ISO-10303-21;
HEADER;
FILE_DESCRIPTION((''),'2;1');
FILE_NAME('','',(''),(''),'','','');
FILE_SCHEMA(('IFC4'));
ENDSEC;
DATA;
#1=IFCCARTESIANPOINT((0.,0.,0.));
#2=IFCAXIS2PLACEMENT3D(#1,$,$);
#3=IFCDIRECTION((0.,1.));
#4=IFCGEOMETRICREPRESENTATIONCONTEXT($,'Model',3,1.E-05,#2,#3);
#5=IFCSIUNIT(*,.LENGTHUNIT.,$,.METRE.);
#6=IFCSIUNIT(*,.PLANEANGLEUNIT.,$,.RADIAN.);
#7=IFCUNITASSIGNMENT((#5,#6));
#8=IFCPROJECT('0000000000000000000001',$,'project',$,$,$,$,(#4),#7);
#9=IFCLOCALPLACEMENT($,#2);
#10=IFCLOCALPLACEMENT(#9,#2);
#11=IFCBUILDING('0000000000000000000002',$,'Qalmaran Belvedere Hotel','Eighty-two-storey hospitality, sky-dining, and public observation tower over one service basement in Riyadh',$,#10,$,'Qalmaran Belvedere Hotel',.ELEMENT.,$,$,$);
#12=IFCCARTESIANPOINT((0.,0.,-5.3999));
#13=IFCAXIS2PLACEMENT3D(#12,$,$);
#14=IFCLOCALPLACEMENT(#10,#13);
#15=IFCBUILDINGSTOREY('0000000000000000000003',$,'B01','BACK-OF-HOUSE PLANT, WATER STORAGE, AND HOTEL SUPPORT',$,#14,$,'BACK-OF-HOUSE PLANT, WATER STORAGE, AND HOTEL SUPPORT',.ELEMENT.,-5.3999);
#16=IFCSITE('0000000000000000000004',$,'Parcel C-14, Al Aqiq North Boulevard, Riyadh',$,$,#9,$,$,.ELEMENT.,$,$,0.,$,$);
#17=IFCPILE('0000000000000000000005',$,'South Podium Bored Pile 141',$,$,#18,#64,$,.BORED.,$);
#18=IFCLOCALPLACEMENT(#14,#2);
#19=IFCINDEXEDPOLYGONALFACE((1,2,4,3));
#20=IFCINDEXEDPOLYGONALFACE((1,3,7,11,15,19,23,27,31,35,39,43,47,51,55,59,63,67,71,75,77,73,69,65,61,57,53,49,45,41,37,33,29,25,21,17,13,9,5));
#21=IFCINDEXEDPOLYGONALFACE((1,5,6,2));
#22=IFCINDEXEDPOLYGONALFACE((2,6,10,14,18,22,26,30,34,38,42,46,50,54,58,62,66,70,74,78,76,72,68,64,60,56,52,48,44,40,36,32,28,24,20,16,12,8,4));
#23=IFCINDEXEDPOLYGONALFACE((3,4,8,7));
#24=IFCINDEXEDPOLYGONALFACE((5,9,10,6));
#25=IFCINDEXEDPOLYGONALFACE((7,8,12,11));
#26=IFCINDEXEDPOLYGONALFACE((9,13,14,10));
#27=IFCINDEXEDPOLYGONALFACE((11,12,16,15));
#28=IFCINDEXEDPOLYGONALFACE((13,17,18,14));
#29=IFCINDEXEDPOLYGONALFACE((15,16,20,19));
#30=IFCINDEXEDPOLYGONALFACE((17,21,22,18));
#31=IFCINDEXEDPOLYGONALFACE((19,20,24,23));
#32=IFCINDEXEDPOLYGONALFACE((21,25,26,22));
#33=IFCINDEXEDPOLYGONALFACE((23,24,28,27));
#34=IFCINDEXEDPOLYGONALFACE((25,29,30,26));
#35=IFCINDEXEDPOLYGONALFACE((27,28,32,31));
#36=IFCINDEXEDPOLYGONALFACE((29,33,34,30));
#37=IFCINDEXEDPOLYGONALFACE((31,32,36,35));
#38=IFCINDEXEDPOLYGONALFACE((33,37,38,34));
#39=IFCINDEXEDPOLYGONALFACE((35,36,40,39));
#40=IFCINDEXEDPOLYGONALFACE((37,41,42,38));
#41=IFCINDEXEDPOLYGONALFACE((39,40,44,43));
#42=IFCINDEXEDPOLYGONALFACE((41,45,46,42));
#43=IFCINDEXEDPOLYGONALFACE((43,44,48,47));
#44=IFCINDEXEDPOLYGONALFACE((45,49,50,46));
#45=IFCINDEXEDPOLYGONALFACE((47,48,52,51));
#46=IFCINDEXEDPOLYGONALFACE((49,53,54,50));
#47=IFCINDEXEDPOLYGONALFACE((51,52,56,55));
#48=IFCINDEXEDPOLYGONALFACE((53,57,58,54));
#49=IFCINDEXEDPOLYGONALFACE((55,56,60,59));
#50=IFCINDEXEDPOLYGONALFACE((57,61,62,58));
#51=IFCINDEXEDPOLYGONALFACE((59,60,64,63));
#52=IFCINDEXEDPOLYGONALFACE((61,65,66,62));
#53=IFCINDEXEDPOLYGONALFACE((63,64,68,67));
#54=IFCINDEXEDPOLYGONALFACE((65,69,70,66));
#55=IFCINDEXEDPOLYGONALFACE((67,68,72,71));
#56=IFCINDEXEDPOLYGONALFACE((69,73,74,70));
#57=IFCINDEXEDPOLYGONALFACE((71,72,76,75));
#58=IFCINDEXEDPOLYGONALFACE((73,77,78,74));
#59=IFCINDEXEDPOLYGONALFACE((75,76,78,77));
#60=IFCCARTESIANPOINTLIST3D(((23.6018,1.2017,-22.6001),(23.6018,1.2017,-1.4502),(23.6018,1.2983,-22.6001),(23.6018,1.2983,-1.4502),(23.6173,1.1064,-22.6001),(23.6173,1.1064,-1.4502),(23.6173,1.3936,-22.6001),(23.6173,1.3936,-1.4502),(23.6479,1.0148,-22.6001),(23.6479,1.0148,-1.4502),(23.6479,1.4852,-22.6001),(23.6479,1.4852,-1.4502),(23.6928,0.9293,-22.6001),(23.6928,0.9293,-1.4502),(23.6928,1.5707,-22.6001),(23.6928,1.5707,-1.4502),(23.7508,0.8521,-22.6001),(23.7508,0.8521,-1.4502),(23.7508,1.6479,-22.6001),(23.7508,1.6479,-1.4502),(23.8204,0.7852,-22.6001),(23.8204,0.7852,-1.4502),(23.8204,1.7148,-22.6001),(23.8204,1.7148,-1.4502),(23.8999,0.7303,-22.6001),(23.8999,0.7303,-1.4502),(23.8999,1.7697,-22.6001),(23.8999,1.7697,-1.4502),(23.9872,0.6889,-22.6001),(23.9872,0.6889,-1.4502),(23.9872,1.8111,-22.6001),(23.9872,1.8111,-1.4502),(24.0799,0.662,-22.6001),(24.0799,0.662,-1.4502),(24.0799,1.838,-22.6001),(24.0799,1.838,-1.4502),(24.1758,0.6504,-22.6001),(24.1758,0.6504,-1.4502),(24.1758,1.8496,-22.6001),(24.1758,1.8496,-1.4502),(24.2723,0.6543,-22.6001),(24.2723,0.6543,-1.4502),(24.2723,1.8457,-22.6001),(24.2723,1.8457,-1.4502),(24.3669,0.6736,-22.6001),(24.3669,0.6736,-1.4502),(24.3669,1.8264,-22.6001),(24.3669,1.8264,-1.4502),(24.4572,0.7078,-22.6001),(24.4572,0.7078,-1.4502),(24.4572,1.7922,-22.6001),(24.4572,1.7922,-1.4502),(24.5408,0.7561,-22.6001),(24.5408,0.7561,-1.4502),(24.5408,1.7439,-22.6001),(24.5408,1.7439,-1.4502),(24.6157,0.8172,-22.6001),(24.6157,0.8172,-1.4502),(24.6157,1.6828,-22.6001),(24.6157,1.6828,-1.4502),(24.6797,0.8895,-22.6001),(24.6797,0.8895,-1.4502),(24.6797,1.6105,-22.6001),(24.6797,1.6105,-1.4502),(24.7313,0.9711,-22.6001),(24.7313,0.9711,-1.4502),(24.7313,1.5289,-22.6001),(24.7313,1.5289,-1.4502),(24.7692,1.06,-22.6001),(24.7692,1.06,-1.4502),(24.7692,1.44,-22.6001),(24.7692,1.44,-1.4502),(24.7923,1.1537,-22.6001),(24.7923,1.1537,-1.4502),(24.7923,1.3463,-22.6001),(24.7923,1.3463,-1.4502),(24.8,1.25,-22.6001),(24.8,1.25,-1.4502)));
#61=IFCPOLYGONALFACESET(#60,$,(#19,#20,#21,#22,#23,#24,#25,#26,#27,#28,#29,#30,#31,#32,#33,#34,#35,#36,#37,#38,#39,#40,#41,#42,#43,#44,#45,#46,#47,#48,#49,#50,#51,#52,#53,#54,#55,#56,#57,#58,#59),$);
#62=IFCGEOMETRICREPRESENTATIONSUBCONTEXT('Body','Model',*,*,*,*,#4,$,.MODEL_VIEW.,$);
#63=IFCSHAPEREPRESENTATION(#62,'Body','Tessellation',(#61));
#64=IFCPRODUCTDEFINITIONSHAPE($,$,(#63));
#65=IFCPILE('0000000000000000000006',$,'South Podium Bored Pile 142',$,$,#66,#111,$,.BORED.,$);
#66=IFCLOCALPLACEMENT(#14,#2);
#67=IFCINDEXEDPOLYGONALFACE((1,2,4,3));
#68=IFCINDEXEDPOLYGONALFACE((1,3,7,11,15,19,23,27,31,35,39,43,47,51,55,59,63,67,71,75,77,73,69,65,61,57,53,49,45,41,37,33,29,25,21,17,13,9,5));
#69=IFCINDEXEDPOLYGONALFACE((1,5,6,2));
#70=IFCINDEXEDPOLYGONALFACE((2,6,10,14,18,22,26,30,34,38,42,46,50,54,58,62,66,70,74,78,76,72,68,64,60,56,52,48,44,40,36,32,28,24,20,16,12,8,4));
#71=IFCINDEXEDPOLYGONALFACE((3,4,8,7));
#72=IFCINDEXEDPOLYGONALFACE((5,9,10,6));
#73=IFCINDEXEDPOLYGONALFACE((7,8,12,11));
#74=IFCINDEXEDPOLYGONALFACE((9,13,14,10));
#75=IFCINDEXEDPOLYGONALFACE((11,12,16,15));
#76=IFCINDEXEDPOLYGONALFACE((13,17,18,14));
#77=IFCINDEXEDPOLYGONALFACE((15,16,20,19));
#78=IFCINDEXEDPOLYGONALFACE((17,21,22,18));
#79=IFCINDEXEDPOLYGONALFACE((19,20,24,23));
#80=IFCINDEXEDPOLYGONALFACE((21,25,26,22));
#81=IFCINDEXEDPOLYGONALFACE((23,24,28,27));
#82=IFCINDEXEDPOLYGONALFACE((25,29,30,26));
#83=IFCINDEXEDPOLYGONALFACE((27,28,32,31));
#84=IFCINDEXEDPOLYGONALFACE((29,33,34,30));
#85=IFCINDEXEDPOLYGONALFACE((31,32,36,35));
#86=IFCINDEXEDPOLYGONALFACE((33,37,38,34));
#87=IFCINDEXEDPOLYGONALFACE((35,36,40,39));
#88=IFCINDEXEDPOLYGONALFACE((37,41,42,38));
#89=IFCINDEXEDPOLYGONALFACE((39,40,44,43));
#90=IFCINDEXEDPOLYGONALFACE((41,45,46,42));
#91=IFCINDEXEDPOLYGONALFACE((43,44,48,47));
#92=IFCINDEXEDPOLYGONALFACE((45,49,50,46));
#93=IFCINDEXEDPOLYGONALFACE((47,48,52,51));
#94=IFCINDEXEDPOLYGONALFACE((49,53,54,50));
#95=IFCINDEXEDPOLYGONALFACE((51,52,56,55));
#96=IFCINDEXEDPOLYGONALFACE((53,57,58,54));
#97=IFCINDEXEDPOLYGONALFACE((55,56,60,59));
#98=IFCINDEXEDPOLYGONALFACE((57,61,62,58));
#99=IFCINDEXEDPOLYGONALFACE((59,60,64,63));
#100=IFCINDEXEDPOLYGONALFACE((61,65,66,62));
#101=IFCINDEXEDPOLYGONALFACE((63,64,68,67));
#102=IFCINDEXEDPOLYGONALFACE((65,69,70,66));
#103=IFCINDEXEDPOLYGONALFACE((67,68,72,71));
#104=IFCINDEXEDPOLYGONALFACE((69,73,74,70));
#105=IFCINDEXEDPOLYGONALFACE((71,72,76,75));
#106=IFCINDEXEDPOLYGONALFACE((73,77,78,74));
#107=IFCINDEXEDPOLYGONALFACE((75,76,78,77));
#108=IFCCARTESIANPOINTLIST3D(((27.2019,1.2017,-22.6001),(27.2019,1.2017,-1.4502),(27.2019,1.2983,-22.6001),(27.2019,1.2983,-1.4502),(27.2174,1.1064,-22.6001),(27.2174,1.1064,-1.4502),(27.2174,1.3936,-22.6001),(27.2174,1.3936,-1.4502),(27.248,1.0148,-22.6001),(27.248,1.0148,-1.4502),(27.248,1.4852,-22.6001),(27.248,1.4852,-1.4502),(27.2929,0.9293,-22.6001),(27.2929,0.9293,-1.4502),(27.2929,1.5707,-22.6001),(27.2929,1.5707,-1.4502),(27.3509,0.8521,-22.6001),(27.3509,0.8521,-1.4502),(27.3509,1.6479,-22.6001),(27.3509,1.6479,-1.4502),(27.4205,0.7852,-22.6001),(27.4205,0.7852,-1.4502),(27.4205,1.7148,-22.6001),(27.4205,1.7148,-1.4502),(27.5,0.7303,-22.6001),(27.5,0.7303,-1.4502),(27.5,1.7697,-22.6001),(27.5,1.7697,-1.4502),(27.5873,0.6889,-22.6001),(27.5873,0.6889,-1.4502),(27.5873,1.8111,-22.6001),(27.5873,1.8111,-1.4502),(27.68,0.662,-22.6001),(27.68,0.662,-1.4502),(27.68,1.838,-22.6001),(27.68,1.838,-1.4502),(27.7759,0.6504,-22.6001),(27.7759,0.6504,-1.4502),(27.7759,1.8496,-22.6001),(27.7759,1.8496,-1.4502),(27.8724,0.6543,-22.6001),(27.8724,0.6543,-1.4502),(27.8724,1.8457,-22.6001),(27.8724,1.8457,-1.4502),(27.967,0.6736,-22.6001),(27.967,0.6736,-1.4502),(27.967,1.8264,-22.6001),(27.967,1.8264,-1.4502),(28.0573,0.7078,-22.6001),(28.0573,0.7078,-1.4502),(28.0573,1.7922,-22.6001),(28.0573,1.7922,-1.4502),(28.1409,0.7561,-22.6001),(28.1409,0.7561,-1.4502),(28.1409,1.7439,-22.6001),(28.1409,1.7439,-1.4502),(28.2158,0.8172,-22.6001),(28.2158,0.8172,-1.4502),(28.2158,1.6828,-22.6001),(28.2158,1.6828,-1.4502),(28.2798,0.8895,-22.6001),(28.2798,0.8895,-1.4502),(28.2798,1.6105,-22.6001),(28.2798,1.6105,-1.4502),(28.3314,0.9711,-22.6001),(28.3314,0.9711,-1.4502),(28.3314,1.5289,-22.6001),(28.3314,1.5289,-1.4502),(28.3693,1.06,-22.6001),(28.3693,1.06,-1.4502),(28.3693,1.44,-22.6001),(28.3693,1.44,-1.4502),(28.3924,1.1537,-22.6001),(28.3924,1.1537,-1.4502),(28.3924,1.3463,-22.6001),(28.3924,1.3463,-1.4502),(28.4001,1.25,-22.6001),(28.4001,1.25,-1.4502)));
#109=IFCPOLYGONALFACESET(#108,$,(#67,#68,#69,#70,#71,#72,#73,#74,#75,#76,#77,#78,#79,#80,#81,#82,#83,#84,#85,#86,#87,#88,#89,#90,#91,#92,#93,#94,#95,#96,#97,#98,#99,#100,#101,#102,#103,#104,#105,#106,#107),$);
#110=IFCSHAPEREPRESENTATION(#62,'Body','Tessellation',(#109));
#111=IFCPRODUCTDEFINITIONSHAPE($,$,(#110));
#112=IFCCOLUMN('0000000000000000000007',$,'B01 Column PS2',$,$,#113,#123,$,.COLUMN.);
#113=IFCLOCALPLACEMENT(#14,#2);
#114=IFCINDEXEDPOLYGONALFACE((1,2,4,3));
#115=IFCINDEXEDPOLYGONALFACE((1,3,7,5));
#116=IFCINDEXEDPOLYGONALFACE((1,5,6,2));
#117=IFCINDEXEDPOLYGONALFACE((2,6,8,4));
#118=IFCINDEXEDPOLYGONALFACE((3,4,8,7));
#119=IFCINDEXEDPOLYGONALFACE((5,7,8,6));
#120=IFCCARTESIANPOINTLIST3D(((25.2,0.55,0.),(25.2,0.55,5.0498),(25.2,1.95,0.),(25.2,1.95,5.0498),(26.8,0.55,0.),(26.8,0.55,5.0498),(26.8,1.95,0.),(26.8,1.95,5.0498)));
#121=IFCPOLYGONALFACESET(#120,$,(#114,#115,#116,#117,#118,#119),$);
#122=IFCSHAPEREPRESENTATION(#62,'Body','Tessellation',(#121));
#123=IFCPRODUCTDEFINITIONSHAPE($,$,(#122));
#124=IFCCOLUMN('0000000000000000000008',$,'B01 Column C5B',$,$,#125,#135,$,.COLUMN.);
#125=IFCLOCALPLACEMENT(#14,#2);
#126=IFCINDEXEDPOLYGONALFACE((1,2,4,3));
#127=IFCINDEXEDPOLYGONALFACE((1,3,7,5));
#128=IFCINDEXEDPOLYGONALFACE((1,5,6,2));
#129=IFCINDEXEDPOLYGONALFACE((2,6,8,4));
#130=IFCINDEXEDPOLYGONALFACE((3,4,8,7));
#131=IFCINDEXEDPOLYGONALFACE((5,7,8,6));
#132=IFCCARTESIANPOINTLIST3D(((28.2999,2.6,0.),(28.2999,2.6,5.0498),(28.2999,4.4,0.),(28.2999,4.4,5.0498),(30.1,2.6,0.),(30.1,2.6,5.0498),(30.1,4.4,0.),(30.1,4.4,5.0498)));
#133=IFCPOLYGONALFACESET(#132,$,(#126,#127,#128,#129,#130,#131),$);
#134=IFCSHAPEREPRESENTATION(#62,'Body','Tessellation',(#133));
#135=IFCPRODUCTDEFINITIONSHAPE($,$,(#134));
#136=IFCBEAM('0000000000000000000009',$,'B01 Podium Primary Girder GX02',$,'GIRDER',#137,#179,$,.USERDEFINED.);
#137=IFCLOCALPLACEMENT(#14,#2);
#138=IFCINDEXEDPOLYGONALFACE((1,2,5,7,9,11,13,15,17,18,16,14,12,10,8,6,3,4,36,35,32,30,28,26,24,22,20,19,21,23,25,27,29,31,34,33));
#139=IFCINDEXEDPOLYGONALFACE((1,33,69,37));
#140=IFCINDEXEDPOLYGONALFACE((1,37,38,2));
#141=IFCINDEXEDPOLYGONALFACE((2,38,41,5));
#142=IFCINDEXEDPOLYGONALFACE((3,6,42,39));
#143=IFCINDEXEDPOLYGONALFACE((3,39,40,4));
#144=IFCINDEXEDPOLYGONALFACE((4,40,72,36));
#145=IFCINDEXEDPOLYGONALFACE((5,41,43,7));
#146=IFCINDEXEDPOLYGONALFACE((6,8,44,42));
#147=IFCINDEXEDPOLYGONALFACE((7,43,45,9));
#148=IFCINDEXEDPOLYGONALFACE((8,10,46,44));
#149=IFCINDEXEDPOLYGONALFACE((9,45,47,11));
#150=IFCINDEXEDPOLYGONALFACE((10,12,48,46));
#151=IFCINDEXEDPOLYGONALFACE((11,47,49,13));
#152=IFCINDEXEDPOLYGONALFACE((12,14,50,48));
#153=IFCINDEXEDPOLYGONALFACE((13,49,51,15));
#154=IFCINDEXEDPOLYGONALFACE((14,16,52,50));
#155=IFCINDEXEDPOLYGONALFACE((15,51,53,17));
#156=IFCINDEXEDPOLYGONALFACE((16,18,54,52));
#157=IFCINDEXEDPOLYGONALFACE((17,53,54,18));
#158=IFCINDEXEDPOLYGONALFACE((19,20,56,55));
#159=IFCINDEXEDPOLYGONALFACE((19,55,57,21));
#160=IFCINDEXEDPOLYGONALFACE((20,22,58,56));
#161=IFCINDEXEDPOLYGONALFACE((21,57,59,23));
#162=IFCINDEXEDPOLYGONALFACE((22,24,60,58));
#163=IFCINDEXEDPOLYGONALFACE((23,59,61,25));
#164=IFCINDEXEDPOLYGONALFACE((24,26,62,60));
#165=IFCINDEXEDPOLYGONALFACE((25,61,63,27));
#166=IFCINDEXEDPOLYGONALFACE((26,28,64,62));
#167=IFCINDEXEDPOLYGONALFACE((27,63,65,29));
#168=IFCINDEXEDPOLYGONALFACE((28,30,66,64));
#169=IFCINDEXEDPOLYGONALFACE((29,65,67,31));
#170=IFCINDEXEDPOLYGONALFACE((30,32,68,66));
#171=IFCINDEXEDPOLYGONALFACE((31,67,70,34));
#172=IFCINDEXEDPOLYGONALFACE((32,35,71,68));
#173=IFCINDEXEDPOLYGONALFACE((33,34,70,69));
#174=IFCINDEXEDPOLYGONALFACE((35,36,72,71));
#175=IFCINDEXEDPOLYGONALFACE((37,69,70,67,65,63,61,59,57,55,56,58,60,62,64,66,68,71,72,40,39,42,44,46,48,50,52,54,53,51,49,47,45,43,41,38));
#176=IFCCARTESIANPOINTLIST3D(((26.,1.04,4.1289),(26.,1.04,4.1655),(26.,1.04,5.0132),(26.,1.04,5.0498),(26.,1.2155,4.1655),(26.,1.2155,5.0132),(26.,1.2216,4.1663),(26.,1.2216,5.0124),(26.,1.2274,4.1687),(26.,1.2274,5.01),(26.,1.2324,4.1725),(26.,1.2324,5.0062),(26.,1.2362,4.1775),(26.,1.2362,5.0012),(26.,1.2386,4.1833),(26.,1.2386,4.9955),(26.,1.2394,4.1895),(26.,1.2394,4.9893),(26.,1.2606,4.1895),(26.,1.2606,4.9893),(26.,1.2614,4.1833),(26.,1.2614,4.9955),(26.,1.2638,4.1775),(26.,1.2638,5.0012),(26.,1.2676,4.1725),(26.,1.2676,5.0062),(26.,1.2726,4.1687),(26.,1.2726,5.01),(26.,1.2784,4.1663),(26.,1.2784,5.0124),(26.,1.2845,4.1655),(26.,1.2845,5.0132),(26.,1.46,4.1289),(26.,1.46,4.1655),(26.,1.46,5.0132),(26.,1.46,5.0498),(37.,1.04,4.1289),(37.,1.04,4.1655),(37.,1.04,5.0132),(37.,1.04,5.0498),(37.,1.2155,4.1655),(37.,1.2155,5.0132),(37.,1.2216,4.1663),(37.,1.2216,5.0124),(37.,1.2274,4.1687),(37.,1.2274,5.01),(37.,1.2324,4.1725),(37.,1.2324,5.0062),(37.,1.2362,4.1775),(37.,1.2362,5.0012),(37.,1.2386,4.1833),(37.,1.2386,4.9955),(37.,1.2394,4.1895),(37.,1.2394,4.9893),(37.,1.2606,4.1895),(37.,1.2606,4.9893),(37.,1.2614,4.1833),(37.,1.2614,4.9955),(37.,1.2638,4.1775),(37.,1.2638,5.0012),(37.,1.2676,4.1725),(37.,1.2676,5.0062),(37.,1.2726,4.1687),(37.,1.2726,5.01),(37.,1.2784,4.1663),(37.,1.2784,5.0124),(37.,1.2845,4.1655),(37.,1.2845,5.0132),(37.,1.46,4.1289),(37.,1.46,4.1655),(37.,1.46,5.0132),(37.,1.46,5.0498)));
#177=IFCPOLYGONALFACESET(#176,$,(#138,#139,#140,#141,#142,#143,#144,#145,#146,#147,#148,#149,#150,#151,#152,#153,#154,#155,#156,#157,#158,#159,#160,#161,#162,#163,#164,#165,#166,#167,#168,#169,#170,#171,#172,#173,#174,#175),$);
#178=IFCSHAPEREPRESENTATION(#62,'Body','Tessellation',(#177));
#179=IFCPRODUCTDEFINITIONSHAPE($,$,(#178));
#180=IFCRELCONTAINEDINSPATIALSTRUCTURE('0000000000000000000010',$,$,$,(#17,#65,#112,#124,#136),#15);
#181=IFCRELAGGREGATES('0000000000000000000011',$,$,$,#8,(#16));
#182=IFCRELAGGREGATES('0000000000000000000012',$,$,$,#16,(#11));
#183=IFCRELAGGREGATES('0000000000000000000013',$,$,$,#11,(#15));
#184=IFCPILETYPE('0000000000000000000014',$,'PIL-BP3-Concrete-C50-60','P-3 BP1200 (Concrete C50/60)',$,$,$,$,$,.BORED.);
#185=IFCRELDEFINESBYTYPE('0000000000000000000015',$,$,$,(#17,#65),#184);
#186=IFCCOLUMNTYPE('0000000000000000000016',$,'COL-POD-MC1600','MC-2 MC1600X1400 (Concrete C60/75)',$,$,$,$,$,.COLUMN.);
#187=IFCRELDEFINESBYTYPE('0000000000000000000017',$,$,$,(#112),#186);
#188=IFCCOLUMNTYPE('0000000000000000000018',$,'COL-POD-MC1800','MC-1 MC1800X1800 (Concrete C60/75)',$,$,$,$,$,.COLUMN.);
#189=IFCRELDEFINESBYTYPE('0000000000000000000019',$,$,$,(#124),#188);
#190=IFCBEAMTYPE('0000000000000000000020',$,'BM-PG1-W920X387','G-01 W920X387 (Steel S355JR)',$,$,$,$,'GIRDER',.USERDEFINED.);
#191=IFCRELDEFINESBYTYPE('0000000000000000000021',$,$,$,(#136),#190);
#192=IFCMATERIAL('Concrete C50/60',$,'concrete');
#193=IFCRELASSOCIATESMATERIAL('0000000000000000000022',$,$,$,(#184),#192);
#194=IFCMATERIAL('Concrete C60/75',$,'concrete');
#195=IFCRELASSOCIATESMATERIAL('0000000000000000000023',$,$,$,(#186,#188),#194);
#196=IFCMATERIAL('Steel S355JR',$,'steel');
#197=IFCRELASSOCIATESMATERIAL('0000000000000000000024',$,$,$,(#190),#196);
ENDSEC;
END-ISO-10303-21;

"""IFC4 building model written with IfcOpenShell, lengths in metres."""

from ifc_helpers import new_model, si_unit, direction, frame, origin, origin_2d, place, context, subcontext, project, spatial, rectangle, circle, i_section, extrude, material, material_profile, profile_set, type_object, element, save


model = new_model("IFC4")

# Units and contexts
model_context = context("Model", 3, precision=1e-05, world=origin(), true_north=direction((0.0, 1.0)))
body_context = subcontext(model_context, "Body", "Model", "MODEL_VIEW")
ifc_project = project(units=[si_unit("LENGTHUNIT", "METRE"), si_unit("PLANEANGLEUNIT", "RADIAN")], contexts=[model_context])

# Site, building, storey
site_placement = place(None, origin())
site = spatial("IfcSite", under=ifc_project, at=site_placement, Name="Parcel C-14, Al Aqiq North Boulevard, Riyadh", CompositionType="ELEMENT", RefElevation=0.0)
building_placement = place(site_placement, origin())
building = spatial("IfcBuilding", under=site, at=building_placement, Name="Qalmaran Belvedere Hotel", Description="Eighty-two-storey hospitality, sky-dining, and public observation tower over one service basement in Riyadh", LongName="Qalmaran Belvedere Hotel", CompositionType="ELEMENT")
storey_placement = place(building_placement, frame((0.0, 0.0, -5.3999)))
storey = spatial("IfcBuildingStorey", under=building, at=storey_placement, Name="B01", Description="BACK-OF-HOUSE PLANT, WATER STORAGE, AND HOTEL SUPPORT", LongName="BACK-OF-HOUSE PLANT, WATER STORAGE, AND HOTEL SUPPORT", CompositionType="ELEMENT", Elevation=-5.3999)

# Shared definitions
ifc_material_1 = material(Name="Concrete C50/60", Category="concrete")

# Piles
ifc_material_profile_1 = material_profile(ifc_material_1, circle(Radius=0.6001, at=origin_2d()), Name="BP1200")
ifc_profile_set_1 = profile_set([ifc_material_profile_1], Name="Concrete C50/60")
pile_type_1 = type_object("IfcPileType", Name="PIL-BP3-Concrete-C50-60", Description="P-3 BP1200 (Concrete C50/60)", PredefinedType="BORED", material=ifc_profile_set_1)
for number, where, z_axis, x_axis, name in (
    (1, (24.2, 1.25, -1.4502), (0.0, 0.0, -1.0), (1.0, 0.0, 0.0), "South Podium Bored Pile 141"),
    (2, (27.8, 1.25, -1.4502), (0.0, 0.0, -1.0), (1.0, 0.0, 0.0), "South Podium Bored Pile 142"),
):
    element("IfcPile", number, at=place(storey_placement, frame(where, z_axis=z_axis, x_axis=x_axis)), inside=storey, type_object=pile_type_1, Name=name, PredefinedType="BORED", context=body_context, shape_type="SweptSolid", body=[
        extrude(circle(Radius=0.6001, at=origin_2d()), origin(), (0.0, 0.0, 1.0), 21.1499),
    ])

# Columns
ifc_material_2 = material(Name="Concrete C60/75", Category="concrete")
ifc_material_profile_2 = material_profile(ifc_material_2, rectangle(XDim=1.6001, YDim=1.3999, at=origin_2d()), Name="MC1600X1400")
ifc_profile_set_2 = profile_set([ifc_material_profile_2], Name="Concrete C60/75")
column_type_1 = type_object("IfcColumnType", Name="COL-POD-MC1600", Description="MC-2 MC1600X1400 (Concrete C60/75)", PredefinedType="COLUMN", material=ifc_profile_set_2)
column_1_placement = place(storey_placement, frame((26.0, 1.25, 0.0), z_axis=(0.0, 0.0, 1.0), x_axis=(1.0, 0.0, 0.0)))
element("IfcColumn", 3, at=column_1_placement, inside=storey, type_object=column_type_1, Name="B01 Column PS2", PredefinedType="COLUMN", context=body_context, shape_type="SweptSolid", body=[
    extrude(rectangle(XDim=1.6001, YDim=1.3999, at=origin_2d()), origin(), (0.0, 0.0, 1.0), 5.0498),
])
ifc_material_profile_3 = material_profile(ifc_material_2, rectangle(XDim=1.8, YDim=1.8, at=origin_2d()), Name="MC1800X1800")
ifc_profile_set_3 = profile_set([ifc_material_profile_3], Name="Concrete C60/75")
column_type_2 = type_object("IfcColumnType", Name="COL-POD-MC1800", Description="MC-1 MC1800X1800 (Concrete C60/75)", PredefinedType="COLUMN", material=ifc_profile_set_3)
column_2_placement = place(storey_placement, frame((29.2, 3.5, 0.0), z_axis=(0.0, 0.0, 1.0), x_axis=(1.0, 0.0, 0.0)))
element("IfcColumn", 4, at=column_2_placement, inside=storey, type_object=column_type_2, Name="B01 Column C5B", PredefinedType="COLUMN", context=body_context, shape_type="SweptSolid", body=[
    extrude(rectangle(XDim=1.8, YDim=1.8, at=origin_2d()), origin(), (0.0, 0.0, 1.0), 5.0498),
])

# Beam
ifc_material_3 = material(Name="Steel S355JR", Category="steel")
ifc_material_profile_4 = material_profile(ifc_material_3, i_section(OverallWidth=0.4199, OverallDepth=0.9209, WebThickness=0.0212, FlangeThickness=0.0366, FilletRadius=0.0239, at=origin_2d()), Name="W920X387")
ifc_profile_set_4 = profile_set([ifc_material_profile_4], Name="Steel S355JR")
beam_type_1 = type_object("IfcBeamType", Name="BM-PG1-W920X387", Description="G-01 W920X387 (Steel S355JR)", ElementType="GIRDER", PredefinedType="USERDEFINED", material=ifc_profile_set_4)
beam_1_placement = place(storey_placement, frame((26.0, 1.25, 4.5894), z_axis=(1.0, 0.0, 0.0), x_axis=(0.0, 1.0, 0.0)))
element("IfcBeam", 5, at=beam_1_placement, inside=storey, type_object=beam_type_1, Name="B01 Podium Primary Girder GX02", ObjectType="GIRDER", PredefinedType="USERDEFINED", context=body_context, shape_type="SweptSolid", body=[
    extrude(i_section(OverallWidth=0.4199, OverallDepth=0.9209, WebThickness=0.0212, FlangeThickness=0.0366, FilletRadius=0.0239, at=origin_2d()), origin(), (0.0, 0.0, 1.0), 11.0),
])

save(model, "model.ifc")
